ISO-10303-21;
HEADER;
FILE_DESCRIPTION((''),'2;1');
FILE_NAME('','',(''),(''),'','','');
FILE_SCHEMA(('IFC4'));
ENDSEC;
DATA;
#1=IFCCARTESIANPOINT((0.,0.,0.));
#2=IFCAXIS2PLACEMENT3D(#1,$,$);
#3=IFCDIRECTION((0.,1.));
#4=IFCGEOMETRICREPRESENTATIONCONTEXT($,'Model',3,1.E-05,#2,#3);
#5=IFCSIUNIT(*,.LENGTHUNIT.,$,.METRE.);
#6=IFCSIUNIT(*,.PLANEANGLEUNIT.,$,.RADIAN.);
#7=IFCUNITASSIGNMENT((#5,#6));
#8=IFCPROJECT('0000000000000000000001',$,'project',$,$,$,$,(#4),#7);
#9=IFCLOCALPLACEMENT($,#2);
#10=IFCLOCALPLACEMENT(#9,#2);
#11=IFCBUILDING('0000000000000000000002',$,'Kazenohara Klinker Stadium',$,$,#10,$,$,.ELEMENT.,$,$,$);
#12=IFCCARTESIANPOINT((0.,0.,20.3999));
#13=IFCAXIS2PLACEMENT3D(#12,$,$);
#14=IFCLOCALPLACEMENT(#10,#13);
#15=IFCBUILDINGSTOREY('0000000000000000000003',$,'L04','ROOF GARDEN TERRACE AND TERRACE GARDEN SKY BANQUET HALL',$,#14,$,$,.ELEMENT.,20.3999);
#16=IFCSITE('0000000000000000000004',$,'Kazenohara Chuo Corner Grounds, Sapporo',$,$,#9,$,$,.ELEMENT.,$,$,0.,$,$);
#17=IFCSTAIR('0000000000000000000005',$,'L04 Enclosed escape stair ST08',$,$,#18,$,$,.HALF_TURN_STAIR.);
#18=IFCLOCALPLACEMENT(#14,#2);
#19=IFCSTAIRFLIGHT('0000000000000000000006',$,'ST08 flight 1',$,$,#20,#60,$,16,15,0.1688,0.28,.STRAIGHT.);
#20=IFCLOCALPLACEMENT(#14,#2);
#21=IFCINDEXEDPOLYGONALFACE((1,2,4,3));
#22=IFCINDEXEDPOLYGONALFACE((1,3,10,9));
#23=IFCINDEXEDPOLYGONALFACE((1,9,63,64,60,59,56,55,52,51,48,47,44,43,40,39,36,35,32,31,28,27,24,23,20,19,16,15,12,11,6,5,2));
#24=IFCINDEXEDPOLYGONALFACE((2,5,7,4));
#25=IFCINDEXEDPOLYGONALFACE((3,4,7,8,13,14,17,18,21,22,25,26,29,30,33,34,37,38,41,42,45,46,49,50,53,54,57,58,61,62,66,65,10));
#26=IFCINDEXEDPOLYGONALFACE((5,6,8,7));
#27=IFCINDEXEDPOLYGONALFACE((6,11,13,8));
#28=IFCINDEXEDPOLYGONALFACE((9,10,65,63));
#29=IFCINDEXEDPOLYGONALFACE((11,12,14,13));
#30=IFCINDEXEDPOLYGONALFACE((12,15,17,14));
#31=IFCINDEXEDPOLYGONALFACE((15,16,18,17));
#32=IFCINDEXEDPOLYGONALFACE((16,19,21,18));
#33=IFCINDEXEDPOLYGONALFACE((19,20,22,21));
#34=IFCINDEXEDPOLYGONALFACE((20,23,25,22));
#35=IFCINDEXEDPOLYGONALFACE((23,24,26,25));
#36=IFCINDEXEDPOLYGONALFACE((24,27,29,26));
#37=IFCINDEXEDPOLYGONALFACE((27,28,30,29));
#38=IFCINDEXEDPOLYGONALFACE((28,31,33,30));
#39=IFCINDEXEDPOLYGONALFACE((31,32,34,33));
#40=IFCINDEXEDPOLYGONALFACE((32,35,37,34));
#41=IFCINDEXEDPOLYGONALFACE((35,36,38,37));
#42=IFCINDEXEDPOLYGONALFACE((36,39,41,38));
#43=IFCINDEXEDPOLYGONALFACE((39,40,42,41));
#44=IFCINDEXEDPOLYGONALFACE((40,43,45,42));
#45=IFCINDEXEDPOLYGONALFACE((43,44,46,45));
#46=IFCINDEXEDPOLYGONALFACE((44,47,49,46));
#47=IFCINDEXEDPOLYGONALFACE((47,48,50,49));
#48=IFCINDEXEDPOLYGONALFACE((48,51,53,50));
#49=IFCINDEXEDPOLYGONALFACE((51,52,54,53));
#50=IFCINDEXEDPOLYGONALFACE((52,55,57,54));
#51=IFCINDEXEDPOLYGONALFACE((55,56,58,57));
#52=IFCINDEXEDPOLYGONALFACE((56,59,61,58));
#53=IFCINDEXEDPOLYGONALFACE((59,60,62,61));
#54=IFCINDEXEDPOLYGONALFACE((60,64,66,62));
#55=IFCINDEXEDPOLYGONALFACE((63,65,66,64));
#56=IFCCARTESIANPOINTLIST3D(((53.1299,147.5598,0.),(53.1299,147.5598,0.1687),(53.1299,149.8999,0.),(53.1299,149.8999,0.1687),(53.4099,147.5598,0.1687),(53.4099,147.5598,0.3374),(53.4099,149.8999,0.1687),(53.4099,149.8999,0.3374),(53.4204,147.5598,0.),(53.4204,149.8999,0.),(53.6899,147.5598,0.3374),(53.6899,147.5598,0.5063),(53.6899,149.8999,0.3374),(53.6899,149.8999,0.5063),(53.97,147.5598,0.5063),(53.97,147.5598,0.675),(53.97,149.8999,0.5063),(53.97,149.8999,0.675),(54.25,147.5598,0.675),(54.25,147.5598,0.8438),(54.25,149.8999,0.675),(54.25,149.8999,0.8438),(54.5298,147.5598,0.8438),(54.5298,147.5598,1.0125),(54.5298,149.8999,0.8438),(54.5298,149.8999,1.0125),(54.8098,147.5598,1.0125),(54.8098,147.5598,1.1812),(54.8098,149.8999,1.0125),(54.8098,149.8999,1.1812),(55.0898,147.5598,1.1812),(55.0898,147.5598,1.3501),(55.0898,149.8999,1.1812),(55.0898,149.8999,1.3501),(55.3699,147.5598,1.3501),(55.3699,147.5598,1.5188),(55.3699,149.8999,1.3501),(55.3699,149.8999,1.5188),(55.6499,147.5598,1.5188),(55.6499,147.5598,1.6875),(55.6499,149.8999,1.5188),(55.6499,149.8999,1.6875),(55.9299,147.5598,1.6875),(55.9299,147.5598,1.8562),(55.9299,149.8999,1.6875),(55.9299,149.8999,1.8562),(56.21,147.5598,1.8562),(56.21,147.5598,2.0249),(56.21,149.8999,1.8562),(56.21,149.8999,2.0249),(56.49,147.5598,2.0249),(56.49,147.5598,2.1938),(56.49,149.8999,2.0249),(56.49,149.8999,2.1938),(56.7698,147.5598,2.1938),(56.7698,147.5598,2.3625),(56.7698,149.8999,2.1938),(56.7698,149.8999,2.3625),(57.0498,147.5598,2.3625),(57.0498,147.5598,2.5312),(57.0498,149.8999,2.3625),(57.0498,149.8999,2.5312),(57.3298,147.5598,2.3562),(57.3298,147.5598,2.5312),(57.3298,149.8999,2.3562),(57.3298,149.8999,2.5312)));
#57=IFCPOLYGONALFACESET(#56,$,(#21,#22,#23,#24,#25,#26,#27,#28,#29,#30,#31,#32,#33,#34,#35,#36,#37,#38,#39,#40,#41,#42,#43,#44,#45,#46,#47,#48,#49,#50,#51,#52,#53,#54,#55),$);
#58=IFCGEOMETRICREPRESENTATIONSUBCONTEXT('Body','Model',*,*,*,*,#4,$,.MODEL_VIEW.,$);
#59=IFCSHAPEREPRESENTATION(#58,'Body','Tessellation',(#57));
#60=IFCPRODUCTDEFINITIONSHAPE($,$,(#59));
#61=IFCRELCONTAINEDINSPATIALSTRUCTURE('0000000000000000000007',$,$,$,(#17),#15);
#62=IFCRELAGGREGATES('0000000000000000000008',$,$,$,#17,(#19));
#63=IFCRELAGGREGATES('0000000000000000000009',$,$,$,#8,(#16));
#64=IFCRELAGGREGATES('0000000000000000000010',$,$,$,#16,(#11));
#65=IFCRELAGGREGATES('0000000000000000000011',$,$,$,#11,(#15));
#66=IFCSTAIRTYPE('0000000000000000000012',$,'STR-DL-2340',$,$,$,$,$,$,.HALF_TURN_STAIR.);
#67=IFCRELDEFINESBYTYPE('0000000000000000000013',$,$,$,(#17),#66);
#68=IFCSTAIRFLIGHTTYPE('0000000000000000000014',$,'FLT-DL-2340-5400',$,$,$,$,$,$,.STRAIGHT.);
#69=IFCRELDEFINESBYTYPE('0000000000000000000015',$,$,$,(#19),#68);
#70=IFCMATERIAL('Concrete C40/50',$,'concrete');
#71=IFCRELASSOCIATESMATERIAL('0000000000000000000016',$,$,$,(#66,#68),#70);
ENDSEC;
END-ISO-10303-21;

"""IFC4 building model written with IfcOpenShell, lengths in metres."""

from ifc_helpers import new_model, si_unit, direction, frame, origin, place, context, subcontext, project, spatial, polyline, outline, extrude, material, type_object, element, aggregate, save


model = new_model("IFC4")

# Units and contexts
model_context = context("Model", 3, precision=1e-05, world=origin(), true_north=direction((0.0, 1.0)))
body_context = subcontext(model_context, "Body", "Model", "MODEL_VIEW")
ifc_project = project(units=[si_unit("LENGTHUNIT", "METRE"), si_unit("PLANEANGLEUNIT", "RADIAN")], contexts=[model_context])

# Site, building, storey
site_placement = place(None, origin())
site = spatial("IfcSite", under=ifc_project, at=site_placement, Name="Kazenohara Chuo Corner Grounds, Sapporo", CompositionType="ELEMENT", RefElevation=0.0)
building_placement = place(site_placement, origin())
building = spatial("IfcBuilding", under=site, at=building_placement, Name="Kazenohara Klinker Stadium", CompositionType="ELEMENT")
storey_placement = place(building_placement, frame((0.0, 0.0, 20.3999)))
storey = spatial("IfcBuildingStorey", under=building, at=storey_placement, Name="L04", Description="ROOF GARDEN TERRACE AND TERRACE GARDEN SKY BANQUET HALL", CompositionType="ELEMENT", Elevation=20.3999)

# Shared definitions
ifc_material_1 = material(Name="Concrete C40/50", Category="concrete")

# Stair, stair flight
stair_type = type_object("IfcStairType", Name="STR-DL-2340", PredefinedType="HALF_TURN_STAIR", material=ifc_material_1)
stair_placement = place(storey_placement, origin())
stair = element("IfcStair", 1, at=stair_placement, inside=storey, type_object=stair_type, Name="L04 Enclosed escape stair ST08", PredefinedType="HALF_TURN_STAIR")
stair_flight_type = type_object("IfcStairFlightType", Name="FLT-DL-2340-5400", PredefinedType="STRAIGHT", material=ifc_material_1)
stair_flight_placement = place(storey_placement, frame((53.1299, 148.73, 0.0), z_axis=(0.0, 0.0, 1.0), x_axis=(1.0, 0.0, 0.0)))
stair_flight = element("IfcStairFlight", 2, at=stair_flight_placement, type_object=stair_flight_type, Name="ST08 flight 1", NumberOfRisers=16, NumberOfTreads=15, PredefinedType="STRAIGHT", RiserHeight=0.1688, TreadLength=0.28, context=body_context, shape_type="SweptSolid", body=[
    extrude(outline(polyline([(0.0, 0.0), (0.0, 0.1687), (0.28, 0.1687), (0.28, 0.3374), (0.5601, 0.3374), (0.5601, 0.5063), (0.8401, 0.5063), (0.8401, 0.675), (1.1201, 0.675), (1.1201, 0.8438), (1.3999, 0.8438), (1.3999, 1.0125), (1.6799, 1.0125), (1.6799, 1.1812), (1.96, 1.1812), (1.96, 1.3501), (2.24, 1.3501), (2.24, 1.5188), (2.52, 1.5188), (2.52, 1.6875), (2.8, 1.6875), (2.8, 1.8562), (3.0801, 1.8562), (3.0801, 2.0249), (3.3601, 2.0249), (3.3601, 2.1938), (3.6399, 2.1938), (3.6399, 2.3625), (3.9199, 2.3625), (3.9199, 2.5312), (4.2, 2.5312), (4.2, 2.7), (4.2, 2.3562), (0.2905, 0.0), (0.0, 0.0)])), frame((0.0, 1.1699, 0.0), z_axis=(0.0, -1.0, 0.0), x_axis=(1.0, 0.0, 0.0)), (0.0, 0.0, 1.0), 2.3401),
])
aggregate(stair, [stair_flight])

save(model, "model.ifc")
